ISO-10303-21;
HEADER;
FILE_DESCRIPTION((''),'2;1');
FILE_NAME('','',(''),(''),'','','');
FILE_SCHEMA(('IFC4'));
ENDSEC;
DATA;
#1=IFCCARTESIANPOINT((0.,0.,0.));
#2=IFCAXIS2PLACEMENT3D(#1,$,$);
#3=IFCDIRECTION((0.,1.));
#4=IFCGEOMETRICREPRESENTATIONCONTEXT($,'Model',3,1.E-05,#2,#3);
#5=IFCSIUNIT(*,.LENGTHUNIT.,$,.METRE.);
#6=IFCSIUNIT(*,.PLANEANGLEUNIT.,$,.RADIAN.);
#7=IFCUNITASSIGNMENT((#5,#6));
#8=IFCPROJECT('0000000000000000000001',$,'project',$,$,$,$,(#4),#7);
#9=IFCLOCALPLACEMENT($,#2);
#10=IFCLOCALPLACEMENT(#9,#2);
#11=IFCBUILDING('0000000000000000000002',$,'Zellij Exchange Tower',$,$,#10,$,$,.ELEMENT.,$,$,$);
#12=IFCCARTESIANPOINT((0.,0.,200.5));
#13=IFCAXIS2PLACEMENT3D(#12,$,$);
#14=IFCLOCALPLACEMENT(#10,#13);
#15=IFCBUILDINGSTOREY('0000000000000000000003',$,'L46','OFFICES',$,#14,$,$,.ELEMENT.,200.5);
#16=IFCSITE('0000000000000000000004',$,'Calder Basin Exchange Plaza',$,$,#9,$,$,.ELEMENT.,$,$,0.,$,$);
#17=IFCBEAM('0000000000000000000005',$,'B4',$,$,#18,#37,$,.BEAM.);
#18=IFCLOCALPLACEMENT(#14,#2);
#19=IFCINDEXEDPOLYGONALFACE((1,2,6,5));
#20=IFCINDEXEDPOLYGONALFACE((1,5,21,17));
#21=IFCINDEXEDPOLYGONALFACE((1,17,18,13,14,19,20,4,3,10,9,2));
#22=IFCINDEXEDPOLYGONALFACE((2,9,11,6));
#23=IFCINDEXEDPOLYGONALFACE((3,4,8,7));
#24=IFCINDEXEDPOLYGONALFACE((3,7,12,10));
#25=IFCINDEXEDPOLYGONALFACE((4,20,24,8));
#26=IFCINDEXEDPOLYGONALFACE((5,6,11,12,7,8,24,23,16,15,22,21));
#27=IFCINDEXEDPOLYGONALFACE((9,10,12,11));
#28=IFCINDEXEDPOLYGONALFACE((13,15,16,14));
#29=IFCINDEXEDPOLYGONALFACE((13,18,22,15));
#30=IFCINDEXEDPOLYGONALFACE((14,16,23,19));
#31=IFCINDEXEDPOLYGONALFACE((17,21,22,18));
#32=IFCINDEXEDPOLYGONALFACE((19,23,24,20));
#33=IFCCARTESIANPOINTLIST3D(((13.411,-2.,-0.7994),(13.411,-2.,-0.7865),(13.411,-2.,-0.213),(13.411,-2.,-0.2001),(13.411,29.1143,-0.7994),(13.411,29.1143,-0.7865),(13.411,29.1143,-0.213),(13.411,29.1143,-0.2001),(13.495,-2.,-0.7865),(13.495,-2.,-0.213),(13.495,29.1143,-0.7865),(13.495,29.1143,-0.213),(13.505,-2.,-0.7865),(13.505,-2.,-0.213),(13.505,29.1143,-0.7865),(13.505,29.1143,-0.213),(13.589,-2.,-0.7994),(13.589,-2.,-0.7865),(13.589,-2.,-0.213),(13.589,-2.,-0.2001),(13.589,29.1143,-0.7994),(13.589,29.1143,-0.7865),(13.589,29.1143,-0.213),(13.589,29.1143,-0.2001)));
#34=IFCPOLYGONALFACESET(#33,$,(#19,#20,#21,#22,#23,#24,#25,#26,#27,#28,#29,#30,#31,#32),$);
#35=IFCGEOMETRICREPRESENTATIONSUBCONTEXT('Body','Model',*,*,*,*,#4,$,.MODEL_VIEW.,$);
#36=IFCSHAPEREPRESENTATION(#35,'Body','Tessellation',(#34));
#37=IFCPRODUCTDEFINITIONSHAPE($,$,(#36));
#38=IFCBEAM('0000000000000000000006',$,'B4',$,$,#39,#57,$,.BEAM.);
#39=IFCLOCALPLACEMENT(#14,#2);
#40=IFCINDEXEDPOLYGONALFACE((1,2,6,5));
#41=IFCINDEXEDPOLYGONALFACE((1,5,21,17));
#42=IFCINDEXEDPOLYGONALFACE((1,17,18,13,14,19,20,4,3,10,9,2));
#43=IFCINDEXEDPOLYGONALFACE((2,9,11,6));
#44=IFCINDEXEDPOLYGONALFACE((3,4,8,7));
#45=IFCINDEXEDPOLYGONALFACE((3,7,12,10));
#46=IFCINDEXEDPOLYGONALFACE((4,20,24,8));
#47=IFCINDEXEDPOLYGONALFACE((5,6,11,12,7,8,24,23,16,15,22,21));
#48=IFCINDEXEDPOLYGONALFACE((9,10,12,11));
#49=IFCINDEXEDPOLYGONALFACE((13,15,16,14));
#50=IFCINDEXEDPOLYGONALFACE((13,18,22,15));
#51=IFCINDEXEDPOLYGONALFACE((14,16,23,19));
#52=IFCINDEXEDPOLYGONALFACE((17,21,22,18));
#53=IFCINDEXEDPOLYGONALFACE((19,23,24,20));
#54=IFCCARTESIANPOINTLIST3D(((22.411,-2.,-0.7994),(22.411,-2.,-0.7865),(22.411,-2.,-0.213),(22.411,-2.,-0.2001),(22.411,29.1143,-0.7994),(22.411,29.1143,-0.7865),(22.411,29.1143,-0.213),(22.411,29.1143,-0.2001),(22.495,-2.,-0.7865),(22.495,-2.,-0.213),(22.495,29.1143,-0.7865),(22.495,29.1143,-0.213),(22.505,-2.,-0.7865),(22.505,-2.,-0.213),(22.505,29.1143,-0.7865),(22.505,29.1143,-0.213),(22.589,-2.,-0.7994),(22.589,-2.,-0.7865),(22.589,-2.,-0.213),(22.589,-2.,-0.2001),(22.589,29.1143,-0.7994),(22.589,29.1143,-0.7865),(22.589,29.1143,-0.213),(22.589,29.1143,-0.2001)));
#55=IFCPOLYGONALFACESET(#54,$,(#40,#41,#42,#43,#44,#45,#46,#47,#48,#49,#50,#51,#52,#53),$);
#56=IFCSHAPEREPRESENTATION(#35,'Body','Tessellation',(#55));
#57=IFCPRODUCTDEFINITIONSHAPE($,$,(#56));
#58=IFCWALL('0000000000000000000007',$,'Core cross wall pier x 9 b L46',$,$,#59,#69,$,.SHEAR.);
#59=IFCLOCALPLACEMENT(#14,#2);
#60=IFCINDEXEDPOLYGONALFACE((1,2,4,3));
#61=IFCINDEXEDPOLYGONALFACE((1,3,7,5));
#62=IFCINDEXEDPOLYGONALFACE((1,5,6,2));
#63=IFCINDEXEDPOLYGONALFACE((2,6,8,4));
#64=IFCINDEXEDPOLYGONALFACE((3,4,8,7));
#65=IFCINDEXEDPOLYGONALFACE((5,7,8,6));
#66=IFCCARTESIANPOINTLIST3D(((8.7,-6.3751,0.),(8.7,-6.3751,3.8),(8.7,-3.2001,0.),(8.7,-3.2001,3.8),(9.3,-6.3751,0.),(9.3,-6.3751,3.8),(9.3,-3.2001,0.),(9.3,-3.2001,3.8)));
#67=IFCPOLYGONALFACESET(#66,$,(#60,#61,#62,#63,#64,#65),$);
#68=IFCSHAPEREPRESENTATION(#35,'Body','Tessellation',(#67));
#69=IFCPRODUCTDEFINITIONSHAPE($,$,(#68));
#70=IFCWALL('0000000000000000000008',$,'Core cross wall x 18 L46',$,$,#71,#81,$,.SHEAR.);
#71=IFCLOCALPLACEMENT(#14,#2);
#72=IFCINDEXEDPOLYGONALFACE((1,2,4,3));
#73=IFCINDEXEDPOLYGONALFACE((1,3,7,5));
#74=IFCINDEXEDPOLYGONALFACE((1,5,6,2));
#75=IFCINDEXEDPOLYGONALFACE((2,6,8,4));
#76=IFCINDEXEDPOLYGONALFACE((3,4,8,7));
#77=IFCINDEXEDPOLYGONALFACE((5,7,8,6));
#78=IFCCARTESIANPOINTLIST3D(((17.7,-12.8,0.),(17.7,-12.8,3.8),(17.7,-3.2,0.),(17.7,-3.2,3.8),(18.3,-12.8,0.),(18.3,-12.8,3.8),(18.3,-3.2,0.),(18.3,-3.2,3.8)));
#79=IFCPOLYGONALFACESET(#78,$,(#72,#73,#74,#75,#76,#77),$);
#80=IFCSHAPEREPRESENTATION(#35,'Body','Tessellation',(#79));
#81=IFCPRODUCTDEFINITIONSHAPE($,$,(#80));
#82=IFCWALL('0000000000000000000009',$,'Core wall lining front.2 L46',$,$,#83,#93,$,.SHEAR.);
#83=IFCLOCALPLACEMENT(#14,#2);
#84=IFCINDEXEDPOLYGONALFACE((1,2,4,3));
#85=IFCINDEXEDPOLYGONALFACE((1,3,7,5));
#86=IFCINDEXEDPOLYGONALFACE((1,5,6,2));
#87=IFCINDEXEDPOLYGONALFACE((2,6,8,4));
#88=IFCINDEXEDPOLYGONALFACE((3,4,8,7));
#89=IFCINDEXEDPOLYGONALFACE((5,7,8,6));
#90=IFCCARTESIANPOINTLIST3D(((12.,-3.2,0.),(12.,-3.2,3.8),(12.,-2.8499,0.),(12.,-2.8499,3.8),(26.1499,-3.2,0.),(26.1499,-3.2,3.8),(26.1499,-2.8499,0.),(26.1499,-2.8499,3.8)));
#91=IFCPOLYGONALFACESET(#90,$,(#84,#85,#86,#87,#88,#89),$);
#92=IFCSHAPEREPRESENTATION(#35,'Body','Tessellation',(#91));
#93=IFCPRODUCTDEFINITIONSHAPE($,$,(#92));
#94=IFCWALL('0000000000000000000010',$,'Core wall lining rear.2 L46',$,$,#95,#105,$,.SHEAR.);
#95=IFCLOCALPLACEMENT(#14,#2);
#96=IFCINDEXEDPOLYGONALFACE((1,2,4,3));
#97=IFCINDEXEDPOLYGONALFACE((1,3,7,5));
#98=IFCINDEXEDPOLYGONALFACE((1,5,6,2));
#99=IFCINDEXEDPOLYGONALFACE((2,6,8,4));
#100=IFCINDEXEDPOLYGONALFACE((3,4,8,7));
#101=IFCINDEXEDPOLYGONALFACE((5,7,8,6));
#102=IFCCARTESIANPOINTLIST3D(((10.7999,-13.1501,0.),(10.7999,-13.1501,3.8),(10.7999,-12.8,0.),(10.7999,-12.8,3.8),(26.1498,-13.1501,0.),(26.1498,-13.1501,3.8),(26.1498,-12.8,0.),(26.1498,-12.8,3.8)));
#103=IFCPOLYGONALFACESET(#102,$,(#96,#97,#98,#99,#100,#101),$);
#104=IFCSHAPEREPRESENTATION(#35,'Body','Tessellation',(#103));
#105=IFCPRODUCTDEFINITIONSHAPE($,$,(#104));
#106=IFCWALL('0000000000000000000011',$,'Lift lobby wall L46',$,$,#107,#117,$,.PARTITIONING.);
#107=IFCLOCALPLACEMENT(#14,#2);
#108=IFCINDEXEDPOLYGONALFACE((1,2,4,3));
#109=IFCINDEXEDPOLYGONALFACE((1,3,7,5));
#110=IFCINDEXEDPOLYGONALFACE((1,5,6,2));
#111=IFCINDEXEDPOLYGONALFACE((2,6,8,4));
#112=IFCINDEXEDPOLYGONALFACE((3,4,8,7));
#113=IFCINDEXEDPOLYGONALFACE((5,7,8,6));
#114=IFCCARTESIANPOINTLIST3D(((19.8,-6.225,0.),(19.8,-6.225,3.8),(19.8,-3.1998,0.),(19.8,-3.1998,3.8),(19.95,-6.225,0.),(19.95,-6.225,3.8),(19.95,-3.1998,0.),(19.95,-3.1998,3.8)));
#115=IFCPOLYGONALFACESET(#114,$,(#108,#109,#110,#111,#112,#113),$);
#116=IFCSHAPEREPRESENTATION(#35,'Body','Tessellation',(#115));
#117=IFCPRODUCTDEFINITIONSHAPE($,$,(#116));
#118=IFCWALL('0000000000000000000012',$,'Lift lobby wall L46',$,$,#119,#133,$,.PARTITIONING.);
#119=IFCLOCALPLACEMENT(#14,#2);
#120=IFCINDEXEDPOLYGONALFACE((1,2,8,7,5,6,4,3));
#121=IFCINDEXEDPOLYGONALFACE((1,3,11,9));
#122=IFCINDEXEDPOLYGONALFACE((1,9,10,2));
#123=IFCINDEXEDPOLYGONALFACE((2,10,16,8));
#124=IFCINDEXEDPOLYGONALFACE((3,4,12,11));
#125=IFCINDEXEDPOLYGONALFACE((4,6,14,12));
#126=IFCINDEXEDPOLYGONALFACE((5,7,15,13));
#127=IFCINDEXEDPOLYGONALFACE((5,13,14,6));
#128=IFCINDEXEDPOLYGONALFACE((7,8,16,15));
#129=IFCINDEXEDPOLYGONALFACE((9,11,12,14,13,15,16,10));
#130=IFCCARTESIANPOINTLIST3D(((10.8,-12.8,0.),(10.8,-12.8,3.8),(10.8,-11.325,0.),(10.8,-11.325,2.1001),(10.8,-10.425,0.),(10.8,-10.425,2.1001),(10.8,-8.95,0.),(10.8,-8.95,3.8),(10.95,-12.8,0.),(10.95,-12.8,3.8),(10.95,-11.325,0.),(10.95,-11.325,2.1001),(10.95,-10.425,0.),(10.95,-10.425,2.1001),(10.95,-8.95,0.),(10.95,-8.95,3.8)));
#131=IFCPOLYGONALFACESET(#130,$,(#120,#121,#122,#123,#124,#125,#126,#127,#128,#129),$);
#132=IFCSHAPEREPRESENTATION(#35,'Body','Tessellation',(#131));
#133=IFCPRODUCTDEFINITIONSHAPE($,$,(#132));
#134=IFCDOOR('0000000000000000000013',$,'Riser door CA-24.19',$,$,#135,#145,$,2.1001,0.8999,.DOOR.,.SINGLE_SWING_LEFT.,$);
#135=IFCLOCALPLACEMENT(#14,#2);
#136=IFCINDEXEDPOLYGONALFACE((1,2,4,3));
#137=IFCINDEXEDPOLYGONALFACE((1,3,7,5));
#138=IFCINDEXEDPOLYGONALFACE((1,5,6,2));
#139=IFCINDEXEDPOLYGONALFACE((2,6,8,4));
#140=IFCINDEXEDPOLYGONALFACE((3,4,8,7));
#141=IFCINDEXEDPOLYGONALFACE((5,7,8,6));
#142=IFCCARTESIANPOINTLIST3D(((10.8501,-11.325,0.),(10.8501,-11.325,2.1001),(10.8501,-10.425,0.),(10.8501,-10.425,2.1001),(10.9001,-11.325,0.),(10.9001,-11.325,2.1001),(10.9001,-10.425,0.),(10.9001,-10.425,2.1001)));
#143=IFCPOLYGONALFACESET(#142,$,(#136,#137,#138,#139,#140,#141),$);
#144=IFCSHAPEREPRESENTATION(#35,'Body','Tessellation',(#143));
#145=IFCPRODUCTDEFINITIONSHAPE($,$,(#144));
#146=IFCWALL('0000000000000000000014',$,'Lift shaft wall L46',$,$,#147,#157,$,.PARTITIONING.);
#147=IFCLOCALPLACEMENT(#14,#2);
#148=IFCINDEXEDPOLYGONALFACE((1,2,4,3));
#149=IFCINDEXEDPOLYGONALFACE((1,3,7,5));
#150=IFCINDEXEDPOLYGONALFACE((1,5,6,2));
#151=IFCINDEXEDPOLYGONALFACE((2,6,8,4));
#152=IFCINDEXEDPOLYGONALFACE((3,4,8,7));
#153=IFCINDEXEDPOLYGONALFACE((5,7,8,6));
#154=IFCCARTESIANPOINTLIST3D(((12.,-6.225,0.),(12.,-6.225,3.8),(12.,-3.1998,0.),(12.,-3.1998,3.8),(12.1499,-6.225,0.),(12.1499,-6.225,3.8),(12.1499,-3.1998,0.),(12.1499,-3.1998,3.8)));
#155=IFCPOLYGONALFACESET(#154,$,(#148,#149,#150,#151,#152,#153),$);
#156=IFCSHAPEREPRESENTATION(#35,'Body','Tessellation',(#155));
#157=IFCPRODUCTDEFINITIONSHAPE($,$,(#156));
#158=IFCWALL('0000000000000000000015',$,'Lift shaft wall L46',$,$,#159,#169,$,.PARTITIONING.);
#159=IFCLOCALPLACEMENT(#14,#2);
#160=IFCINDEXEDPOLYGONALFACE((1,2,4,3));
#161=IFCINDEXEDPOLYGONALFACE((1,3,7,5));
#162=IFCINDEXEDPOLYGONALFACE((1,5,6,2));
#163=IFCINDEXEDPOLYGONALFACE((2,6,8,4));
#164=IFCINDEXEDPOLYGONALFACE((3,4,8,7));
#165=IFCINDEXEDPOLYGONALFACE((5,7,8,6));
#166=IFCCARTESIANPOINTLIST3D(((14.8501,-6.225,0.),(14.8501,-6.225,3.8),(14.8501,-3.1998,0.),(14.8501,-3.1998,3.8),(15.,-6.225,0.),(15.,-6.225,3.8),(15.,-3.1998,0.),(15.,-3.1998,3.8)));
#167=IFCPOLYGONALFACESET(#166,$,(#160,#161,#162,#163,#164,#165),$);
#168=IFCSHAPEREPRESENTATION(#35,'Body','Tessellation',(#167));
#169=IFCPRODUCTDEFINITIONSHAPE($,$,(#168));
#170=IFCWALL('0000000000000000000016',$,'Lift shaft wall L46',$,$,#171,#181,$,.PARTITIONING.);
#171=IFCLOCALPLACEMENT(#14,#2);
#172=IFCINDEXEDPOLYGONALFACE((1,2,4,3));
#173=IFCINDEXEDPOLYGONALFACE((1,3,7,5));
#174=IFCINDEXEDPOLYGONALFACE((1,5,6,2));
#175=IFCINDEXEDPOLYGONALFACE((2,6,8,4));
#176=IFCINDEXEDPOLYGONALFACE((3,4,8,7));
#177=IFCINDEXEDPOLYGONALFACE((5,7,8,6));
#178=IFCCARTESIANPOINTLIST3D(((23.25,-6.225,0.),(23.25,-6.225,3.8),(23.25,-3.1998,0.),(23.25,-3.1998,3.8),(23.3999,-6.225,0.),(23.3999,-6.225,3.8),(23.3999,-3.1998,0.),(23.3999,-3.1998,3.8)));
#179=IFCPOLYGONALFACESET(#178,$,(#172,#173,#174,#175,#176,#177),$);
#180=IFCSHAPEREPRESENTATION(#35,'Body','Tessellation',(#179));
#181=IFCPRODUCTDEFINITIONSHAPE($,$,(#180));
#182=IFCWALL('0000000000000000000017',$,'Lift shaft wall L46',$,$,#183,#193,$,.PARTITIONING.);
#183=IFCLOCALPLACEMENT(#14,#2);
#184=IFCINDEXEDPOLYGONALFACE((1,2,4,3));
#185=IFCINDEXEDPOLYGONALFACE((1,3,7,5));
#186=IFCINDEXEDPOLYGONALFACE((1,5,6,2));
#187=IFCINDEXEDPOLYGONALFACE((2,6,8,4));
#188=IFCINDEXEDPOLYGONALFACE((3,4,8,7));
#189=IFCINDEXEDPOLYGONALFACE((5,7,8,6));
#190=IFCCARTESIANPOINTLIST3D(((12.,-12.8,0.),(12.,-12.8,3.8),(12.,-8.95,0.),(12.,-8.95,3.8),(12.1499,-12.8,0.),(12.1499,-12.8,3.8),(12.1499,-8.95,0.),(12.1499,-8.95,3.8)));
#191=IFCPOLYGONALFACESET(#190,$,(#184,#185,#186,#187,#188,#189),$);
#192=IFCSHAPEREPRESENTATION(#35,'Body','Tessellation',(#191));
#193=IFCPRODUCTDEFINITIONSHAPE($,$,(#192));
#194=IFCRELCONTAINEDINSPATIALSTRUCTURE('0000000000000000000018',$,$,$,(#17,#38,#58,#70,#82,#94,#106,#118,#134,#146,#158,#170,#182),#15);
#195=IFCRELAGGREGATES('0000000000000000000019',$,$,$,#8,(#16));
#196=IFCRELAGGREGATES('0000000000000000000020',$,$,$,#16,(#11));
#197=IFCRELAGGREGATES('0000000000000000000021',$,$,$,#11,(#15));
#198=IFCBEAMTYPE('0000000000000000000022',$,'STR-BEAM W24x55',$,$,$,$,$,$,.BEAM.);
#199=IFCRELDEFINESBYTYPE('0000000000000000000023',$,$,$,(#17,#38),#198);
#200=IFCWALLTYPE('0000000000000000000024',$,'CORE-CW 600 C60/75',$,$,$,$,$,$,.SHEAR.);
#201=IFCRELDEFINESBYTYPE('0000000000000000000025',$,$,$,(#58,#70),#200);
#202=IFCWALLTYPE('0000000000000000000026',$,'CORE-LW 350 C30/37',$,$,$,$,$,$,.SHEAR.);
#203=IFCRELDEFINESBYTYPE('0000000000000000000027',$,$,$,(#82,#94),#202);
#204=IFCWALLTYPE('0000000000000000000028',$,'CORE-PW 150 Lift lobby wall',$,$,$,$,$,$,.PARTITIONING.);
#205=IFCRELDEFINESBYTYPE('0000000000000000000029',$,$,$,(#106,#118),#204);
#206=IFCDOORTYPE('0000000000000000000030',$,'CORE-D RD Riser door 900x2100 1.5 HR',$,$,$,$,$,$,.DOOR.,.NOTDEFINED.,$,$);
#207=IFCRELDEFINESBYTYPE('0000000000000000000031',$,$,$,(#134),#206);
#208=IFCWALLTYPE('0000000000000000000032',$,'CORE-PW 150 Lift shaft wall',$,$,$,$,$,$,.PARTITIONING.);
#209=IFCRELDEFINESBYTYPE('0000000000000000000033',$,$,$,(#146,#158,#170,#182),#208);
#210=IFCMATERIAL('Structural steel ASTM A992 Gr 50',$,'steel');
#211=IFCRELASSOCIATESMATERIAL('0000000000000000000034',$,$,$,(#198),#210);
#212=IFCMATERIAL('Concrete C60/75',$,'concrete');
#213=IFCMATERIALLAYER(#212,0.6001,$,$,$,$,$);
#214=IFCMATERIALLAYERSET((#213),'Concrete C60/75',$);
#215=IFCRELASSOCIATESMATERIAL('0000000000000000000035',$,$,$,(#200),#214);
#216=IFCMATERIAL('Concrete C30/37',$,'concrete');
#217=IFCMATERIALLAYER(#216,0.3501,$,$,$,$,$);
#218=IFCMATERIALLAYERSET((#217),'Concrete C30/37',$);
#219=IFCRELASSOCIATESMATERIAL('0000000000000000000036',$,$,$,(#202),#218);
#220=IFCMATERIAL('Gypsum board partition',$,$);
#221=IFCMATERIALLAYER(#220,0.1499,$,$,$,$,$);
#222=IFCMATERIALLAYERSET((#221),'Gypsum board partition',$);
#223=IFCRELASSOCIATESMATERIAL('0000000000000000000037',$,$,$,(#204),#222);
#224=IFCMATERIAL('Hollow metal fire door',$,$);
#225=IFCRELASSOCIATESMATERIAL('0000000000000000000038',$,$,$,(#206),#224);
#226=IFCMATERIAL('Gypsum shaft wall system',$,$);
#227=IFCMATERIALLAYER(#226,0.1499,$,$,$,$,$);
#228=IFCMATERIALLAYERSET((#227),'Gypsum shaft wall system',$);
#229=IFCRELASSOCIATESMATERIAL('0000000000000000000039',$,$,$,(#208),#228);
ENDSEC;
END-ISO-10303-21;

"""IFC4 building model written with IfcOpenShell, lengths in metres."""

from ifc_helpers import new_model, si_unit, direction, frame, frame_2d, origin, origin_2d, place, context, subcontext, project, spatial, rectangle, i_section, extrude, material, layer, layer_set, material_profile, profile_set, type_object, element, fill, save


model = new_model("IFC4")

# Units and contexts
model_context = context("Model", 3, precision=1e-05, world=origin(), true_north=direction((0.0, 1.0)))
body_context = subcontext(model_context, "Body", "Model", "MODEL_VIEW")
ifc_project = project(units=[si_unit("LENGTHUNIT", "METRE"), si_unit("PLANEANGLEUNIT", "RADIAN")], contexts=[model_context])

# Site, building, storey
site_placement = place(None, origin())
site = spatial("IfcSite", under=ifc_project, at=site_placement, Name="Calder Basin Exchange Plaza", CompositionType="ELEMENT", RefElevation=0.0)
building_placement = place(site_placement, origin())
building = spatial("IfcBuilding", under=site, at=building_placement, Name="Zellij Exchange Tower", CompositionType="ELEMENT")
storey_placement = place(building_placement, frame((0.0, 0.0, 200.5)))
storey = spatial("IfcBuildingStorey", under=building, at=storey_placement, Name="L46", Description="OFFICES", CompositionType="ELEMENT", Elevation=200.5)

# Beams
ifc_material_1 = material(Name="Structural steel ASTM A992 Gr 50", Category="steel")
ifc_material_profile = material_profile(ifc_material_1, i_section(OverallWidth=0.178, OverallDepth=0.5994, WebThickness=0.01, FlangeThickness=0.0129, at=origin_2d()), Name="W24x55")
ifc_profile_set = profile_set([ifc_material_profile], Name="Structural steel ASTM A992 Gr 50")
beam_type = type_object("IfcBeamType", Name="STR-BEAM W24x55", PredefinedType="BEAM", material=ifc_profile_set)
for number, where, z_axis, x_axis, name in (
    (1, (13.5, -2.0, -0.4998), (0.0, 1.0, 0.0), (-1.0, 0.0, 0.0), "B4"),
    (2, (22.5, -2.0, -0.4998), (0.0, 1.0, 0.0), (-1.0, 0.0, 0.0), "B4"),
):
    element("IfcBeam", number, at=place(storey_placement, frame(where, z_axis=z_axis, x_axis=x_axis)), inside=storey, type_object=beam_type, Name=name, PredefinedType="BEAM", context=body_context, shape_type="SweptSolid", body=[
        extrude(i_section(OverallWidth=0.178, OverallDepth=0.5994, WebThickness=0.01, FlangeThickness=0.0129, at=origin_2d()), origin(), (0.0, 0.0, 1.0), 31.1143),
    ])

# Walls
ifc_material_2 = material(Name="Concrete C60/75", Category="concrete")
ifc_layer_1 = layer(ifc_material_2, 0.6001)
ifc_layer_set_1 = layer_set([ifc_layer_1], Name="Concrete C60/75")
wall_type_1 = type_object("IfcWallType", Name="CORE-CW 600 C60/75", PredefinedType="SHEAR", material=ifc_layer_set_1)
wall_1_placement = place(storey_placement, frame((9.0, -6.375, 0.0), z_axis=(0.0, 0.0, 1.0), x_axis=(0.0, 1.0, 0.0)))
element("IfcWall", 3, at=wall_1_placement, inside=storey, type_object=wall_type_1, Name="Core cross wall pier x 9 b L46", PredefinedType="SHEAR", context=body_context, shape_type="SweptSolid", body=[
    extrude(rectangle(XDim=3.175, YDim=0.6001, at=frame_2d((1.5874, 0.0))), origin(), (0.0, 0.0, 1.0), 3.8),
])
wall_2_placement = place(storey_placement, frame((18.0, -12.8, 0.0), z_axis=(0.0, 0.0, 1.0), x_axis=(0.0, 1.0, 0.0)))
element("IfcWall", 4, at=wall_2_placement, inside=storey, type_object=wall_type_1, Name="Core cross wall x 18 L46", PredefinedType="SHEAR", context=body_context, shape_type="SweptSolid", body=[
    extrude(rectangle(XDim=9.6001, YDim=0.6001, at=frame_2d((4.8, 0.0))), origin(), (0.0, 0.0, 1.0), 3.8),
])
ifc_material_3 = material(Name="Concrete C30/37", Category="concrete")
ifc_layer_2 = layer(ifc_material_3, 0.3501)
ifc_layer_set_2 = layer_set([ifc_layer_2], Name="Concrete C30/37")
wall_type_2 = type_object("IfcWallType", Name="CORE-LW 350 C30/37", PredefinedType="SHEAR", material=ifc_layer_set_2)
wall_3_placement = place(storey_placement, frame((12.0, -3.0249, 0.0), z_axis=(0.0, 0.0, 1.0), x_axis=(1.0, 0.0, 0.0)))
element("IfcWall", 5, at=wall_3_placement, inside=storey, type_object=wall_type_2, Name="Core wall lining front.2 L46", PredefinedType="SHEAR", context=body_context, shape_type="SweptSolid", body=[
    extrude(rectangle(XDim=14.1499, YDim=0.3501, at=frame_2d((7.075, 0.0))), origin(), (0.0, 0.0, 1.0), 3.8),
])
wall_4_placement = place(storey_placement, frame((10.8, -12.9751, 0.0), z_axis=(0.0, 0.0, 1.0), x_axis=(1.0, 0.0, 0.0)))
element("IfcWall", 6, at=wall_4_placement, inside=storey, type_object=wall_type_2, Name="Core wall lining rear.2 L46", PredefinedType="SHEAR", context=body_context, shape_type="SweptSolid", body=[
    extrude(rectangle(XDim=15.3499, YDim=0.3501, at=frame_2d((7.6748, 0.0))), origin(), (0.0, 0.0, 1.0), 3.8),
])
ifc_material_4 = material(Name="Gypsum board partition")
ifc_layer_3 = layer(ifc_material_4, 0.1499)
ifc_layer_set_3 = layer_set([ifc_layer_3], Name="Gypsum board partition")
wall_type_3 = type_object("IfcWallType", Name="CORE-PW 150 Lift lobby wall", PredefinedType="PARTITIONING", material=ifc_layer_set_3)
wall_5_placement = place(storey_placement, frame((19.875, -6.2251, 0.0), z_axis=(0.0, 0.0, 1.0), x_axis=(0.0, 1.0, 0.0)))
element("IfcWall", 7, at=wall_5_placement, inside=storey, type_object=wall_type_3, Name="Lift lobby wall L46", PredefinedType="PARTITIONING", context=body_context, shape_type="SweptSolid", body=[
    extrude(rectangle(XDim=3.0251, YDim=0.1499, at=frame_2d((1.5127, 0.0))), origin(), (0.0, 0.0, 1.0), 3.8),
])

# Wall, opening, door
wall_6_placement = place(storey_placement, frame((10.875, -12.8, 0.0), z_axis=(0.0, 0.0, 1.0), x_axis=(0.0, 1.0, 0.0)))
wall_6 = element("IfcWall", 8, at=wall_6_placement, inside=storey, type_object=wall_type_3, Name="Lift lobby wall L46", PredefinedType="PARTITIONING", context=body_context, shape_type="SweptSolid", body=[
    extrude(rectangle(XDim=3.8501, YDim=0.1499, at=frame_2d((1.925, 0.0))), origin(), (0.0, 0.0, 1.0), 3.8),
])
opening_1_placement = place(wall_6_placement, frame((1.4751, 0.0, 0.0)))
opening_1 = element("IfcOpeningElement", 9, at=opening_1_placement, cuts=wall_6, PredefinedType="OPENING", context=body_context, shape_type="SweptSolid", body=[
    extrude(rectangle(XDim=0.8999, YDim=2.1001, at=frame_2d((0.45, 1.05))), frame((0.0, 0.0869, 0.0), z_axis=(0.0, -1.0, 0.0), x_axis=(1.0, 0.0, 0.0)), (0.0, 0.0, 1.0), 0.1738),
])
ifc_material_5 = material(Name="Hollow metal fire door")
door_type_1 = type_object("IfcDoorType", Name="CORE-D RD Riser door 900x2100 1.5 HR", OperationType="NOTDEFINED", PredefinedType="DOOR", material=ifc_material_5)
door_1_placement = place(opening_1_placement, origin())
door_1 = element("IfcDoor", 10, at=door_1_placement, inside=storey, type_object=door_type_1, Name="Riser door CA-24.19", OperationType="SINGLE_SWING_LEFT", OverallHeight=2.1001, OverallWidth=0.8999, PredefinedType="DOOR", context=body_context, shape_type="SweptSolid", body=[
    extrude(rectangle(XDim=0.8999, YDim=2.1001, at=frame_2d((0.45, 1.05))), frame((0.0, 0.0249, 0.0), z_axis=(0.0, -1.0, 0.0), x_axis=(1.0, 0.0, 0.0)), (0.0, 0.0, 1.0), 0.05),
])
fill(opening_1, door_1)

# Walls
ifc_material_6 = material(Name="Gypsum shaft wall system")
ifc_layer_4 = layer(ifc_material_6, 0.1499)
ifc_layer_set_4 = layer_set([ifc_layer_4], Name="Gypsum shaft wall system")
wall_type_4 = type_object("IfcWallType", Name="CORE-PW 150 Lift shaft wall", PredefinedType="PARTITIONING", material=ifc_layer_set_4)
for number, where, z_axis, x_axis, name in (
    (11, (12.075, -6.2251, 0.0), (0.0, 0.0, 1.0), (0.0, 1.0, 0.0), "Lift shaft wall L46"),
    (12, (14.925, -6.2251, 0.0), (0.0, 0.0, 1.0), (0.0, 1.0, 0.0), "Lift shaft wall L46"),
    (13, (23.325, -6.2251, 0.0), (0.0, 0.0, 1.0), (0.0, 1.0, 0.0), "Lift shaft wall L46"),
):
    element("IfcWall", number, at=place(storey_placement, frame(where, z_axis=z_axis, x_axis=x_axis)), inside=storey, type_object=wall_type_4, Name=name, PredefinedType="PARTITIONING", context=body_context, shape_type="SweptSolid", body=[
        extrude(rectangle(XDim=3.0251, YDim=0.1499, at=frame_2d((1.5127, 0.0))), origin(), (0.0, 0.0, 1.0), 3.8),
    ])
for number, where, z_axis, x_axis, name in (
    (14, (12.075, -12.8, 0.0), (0.0, 0.0, 1.0), (0.0, 1.0, 0.0), "Lift shaft wall L46"),
):
    element("IfcWall", number, at=place(storey_placement, frame(where, z_axis=z_axis, x_axis=x_axis)), inside=storey, type_object=wall_type_4, Name=name, PredefinedType="PARTITIONING", context=body_context, shape_type="SweptSolid", body=[
        extrude(rectangle(XDim=3.8501, YDim=0.1499, at=frame_2d((1.925, 0.0))), origin(), (0.0, 0.0, 1.0), 3.8),
    ])

save(model, "model.ifc")
